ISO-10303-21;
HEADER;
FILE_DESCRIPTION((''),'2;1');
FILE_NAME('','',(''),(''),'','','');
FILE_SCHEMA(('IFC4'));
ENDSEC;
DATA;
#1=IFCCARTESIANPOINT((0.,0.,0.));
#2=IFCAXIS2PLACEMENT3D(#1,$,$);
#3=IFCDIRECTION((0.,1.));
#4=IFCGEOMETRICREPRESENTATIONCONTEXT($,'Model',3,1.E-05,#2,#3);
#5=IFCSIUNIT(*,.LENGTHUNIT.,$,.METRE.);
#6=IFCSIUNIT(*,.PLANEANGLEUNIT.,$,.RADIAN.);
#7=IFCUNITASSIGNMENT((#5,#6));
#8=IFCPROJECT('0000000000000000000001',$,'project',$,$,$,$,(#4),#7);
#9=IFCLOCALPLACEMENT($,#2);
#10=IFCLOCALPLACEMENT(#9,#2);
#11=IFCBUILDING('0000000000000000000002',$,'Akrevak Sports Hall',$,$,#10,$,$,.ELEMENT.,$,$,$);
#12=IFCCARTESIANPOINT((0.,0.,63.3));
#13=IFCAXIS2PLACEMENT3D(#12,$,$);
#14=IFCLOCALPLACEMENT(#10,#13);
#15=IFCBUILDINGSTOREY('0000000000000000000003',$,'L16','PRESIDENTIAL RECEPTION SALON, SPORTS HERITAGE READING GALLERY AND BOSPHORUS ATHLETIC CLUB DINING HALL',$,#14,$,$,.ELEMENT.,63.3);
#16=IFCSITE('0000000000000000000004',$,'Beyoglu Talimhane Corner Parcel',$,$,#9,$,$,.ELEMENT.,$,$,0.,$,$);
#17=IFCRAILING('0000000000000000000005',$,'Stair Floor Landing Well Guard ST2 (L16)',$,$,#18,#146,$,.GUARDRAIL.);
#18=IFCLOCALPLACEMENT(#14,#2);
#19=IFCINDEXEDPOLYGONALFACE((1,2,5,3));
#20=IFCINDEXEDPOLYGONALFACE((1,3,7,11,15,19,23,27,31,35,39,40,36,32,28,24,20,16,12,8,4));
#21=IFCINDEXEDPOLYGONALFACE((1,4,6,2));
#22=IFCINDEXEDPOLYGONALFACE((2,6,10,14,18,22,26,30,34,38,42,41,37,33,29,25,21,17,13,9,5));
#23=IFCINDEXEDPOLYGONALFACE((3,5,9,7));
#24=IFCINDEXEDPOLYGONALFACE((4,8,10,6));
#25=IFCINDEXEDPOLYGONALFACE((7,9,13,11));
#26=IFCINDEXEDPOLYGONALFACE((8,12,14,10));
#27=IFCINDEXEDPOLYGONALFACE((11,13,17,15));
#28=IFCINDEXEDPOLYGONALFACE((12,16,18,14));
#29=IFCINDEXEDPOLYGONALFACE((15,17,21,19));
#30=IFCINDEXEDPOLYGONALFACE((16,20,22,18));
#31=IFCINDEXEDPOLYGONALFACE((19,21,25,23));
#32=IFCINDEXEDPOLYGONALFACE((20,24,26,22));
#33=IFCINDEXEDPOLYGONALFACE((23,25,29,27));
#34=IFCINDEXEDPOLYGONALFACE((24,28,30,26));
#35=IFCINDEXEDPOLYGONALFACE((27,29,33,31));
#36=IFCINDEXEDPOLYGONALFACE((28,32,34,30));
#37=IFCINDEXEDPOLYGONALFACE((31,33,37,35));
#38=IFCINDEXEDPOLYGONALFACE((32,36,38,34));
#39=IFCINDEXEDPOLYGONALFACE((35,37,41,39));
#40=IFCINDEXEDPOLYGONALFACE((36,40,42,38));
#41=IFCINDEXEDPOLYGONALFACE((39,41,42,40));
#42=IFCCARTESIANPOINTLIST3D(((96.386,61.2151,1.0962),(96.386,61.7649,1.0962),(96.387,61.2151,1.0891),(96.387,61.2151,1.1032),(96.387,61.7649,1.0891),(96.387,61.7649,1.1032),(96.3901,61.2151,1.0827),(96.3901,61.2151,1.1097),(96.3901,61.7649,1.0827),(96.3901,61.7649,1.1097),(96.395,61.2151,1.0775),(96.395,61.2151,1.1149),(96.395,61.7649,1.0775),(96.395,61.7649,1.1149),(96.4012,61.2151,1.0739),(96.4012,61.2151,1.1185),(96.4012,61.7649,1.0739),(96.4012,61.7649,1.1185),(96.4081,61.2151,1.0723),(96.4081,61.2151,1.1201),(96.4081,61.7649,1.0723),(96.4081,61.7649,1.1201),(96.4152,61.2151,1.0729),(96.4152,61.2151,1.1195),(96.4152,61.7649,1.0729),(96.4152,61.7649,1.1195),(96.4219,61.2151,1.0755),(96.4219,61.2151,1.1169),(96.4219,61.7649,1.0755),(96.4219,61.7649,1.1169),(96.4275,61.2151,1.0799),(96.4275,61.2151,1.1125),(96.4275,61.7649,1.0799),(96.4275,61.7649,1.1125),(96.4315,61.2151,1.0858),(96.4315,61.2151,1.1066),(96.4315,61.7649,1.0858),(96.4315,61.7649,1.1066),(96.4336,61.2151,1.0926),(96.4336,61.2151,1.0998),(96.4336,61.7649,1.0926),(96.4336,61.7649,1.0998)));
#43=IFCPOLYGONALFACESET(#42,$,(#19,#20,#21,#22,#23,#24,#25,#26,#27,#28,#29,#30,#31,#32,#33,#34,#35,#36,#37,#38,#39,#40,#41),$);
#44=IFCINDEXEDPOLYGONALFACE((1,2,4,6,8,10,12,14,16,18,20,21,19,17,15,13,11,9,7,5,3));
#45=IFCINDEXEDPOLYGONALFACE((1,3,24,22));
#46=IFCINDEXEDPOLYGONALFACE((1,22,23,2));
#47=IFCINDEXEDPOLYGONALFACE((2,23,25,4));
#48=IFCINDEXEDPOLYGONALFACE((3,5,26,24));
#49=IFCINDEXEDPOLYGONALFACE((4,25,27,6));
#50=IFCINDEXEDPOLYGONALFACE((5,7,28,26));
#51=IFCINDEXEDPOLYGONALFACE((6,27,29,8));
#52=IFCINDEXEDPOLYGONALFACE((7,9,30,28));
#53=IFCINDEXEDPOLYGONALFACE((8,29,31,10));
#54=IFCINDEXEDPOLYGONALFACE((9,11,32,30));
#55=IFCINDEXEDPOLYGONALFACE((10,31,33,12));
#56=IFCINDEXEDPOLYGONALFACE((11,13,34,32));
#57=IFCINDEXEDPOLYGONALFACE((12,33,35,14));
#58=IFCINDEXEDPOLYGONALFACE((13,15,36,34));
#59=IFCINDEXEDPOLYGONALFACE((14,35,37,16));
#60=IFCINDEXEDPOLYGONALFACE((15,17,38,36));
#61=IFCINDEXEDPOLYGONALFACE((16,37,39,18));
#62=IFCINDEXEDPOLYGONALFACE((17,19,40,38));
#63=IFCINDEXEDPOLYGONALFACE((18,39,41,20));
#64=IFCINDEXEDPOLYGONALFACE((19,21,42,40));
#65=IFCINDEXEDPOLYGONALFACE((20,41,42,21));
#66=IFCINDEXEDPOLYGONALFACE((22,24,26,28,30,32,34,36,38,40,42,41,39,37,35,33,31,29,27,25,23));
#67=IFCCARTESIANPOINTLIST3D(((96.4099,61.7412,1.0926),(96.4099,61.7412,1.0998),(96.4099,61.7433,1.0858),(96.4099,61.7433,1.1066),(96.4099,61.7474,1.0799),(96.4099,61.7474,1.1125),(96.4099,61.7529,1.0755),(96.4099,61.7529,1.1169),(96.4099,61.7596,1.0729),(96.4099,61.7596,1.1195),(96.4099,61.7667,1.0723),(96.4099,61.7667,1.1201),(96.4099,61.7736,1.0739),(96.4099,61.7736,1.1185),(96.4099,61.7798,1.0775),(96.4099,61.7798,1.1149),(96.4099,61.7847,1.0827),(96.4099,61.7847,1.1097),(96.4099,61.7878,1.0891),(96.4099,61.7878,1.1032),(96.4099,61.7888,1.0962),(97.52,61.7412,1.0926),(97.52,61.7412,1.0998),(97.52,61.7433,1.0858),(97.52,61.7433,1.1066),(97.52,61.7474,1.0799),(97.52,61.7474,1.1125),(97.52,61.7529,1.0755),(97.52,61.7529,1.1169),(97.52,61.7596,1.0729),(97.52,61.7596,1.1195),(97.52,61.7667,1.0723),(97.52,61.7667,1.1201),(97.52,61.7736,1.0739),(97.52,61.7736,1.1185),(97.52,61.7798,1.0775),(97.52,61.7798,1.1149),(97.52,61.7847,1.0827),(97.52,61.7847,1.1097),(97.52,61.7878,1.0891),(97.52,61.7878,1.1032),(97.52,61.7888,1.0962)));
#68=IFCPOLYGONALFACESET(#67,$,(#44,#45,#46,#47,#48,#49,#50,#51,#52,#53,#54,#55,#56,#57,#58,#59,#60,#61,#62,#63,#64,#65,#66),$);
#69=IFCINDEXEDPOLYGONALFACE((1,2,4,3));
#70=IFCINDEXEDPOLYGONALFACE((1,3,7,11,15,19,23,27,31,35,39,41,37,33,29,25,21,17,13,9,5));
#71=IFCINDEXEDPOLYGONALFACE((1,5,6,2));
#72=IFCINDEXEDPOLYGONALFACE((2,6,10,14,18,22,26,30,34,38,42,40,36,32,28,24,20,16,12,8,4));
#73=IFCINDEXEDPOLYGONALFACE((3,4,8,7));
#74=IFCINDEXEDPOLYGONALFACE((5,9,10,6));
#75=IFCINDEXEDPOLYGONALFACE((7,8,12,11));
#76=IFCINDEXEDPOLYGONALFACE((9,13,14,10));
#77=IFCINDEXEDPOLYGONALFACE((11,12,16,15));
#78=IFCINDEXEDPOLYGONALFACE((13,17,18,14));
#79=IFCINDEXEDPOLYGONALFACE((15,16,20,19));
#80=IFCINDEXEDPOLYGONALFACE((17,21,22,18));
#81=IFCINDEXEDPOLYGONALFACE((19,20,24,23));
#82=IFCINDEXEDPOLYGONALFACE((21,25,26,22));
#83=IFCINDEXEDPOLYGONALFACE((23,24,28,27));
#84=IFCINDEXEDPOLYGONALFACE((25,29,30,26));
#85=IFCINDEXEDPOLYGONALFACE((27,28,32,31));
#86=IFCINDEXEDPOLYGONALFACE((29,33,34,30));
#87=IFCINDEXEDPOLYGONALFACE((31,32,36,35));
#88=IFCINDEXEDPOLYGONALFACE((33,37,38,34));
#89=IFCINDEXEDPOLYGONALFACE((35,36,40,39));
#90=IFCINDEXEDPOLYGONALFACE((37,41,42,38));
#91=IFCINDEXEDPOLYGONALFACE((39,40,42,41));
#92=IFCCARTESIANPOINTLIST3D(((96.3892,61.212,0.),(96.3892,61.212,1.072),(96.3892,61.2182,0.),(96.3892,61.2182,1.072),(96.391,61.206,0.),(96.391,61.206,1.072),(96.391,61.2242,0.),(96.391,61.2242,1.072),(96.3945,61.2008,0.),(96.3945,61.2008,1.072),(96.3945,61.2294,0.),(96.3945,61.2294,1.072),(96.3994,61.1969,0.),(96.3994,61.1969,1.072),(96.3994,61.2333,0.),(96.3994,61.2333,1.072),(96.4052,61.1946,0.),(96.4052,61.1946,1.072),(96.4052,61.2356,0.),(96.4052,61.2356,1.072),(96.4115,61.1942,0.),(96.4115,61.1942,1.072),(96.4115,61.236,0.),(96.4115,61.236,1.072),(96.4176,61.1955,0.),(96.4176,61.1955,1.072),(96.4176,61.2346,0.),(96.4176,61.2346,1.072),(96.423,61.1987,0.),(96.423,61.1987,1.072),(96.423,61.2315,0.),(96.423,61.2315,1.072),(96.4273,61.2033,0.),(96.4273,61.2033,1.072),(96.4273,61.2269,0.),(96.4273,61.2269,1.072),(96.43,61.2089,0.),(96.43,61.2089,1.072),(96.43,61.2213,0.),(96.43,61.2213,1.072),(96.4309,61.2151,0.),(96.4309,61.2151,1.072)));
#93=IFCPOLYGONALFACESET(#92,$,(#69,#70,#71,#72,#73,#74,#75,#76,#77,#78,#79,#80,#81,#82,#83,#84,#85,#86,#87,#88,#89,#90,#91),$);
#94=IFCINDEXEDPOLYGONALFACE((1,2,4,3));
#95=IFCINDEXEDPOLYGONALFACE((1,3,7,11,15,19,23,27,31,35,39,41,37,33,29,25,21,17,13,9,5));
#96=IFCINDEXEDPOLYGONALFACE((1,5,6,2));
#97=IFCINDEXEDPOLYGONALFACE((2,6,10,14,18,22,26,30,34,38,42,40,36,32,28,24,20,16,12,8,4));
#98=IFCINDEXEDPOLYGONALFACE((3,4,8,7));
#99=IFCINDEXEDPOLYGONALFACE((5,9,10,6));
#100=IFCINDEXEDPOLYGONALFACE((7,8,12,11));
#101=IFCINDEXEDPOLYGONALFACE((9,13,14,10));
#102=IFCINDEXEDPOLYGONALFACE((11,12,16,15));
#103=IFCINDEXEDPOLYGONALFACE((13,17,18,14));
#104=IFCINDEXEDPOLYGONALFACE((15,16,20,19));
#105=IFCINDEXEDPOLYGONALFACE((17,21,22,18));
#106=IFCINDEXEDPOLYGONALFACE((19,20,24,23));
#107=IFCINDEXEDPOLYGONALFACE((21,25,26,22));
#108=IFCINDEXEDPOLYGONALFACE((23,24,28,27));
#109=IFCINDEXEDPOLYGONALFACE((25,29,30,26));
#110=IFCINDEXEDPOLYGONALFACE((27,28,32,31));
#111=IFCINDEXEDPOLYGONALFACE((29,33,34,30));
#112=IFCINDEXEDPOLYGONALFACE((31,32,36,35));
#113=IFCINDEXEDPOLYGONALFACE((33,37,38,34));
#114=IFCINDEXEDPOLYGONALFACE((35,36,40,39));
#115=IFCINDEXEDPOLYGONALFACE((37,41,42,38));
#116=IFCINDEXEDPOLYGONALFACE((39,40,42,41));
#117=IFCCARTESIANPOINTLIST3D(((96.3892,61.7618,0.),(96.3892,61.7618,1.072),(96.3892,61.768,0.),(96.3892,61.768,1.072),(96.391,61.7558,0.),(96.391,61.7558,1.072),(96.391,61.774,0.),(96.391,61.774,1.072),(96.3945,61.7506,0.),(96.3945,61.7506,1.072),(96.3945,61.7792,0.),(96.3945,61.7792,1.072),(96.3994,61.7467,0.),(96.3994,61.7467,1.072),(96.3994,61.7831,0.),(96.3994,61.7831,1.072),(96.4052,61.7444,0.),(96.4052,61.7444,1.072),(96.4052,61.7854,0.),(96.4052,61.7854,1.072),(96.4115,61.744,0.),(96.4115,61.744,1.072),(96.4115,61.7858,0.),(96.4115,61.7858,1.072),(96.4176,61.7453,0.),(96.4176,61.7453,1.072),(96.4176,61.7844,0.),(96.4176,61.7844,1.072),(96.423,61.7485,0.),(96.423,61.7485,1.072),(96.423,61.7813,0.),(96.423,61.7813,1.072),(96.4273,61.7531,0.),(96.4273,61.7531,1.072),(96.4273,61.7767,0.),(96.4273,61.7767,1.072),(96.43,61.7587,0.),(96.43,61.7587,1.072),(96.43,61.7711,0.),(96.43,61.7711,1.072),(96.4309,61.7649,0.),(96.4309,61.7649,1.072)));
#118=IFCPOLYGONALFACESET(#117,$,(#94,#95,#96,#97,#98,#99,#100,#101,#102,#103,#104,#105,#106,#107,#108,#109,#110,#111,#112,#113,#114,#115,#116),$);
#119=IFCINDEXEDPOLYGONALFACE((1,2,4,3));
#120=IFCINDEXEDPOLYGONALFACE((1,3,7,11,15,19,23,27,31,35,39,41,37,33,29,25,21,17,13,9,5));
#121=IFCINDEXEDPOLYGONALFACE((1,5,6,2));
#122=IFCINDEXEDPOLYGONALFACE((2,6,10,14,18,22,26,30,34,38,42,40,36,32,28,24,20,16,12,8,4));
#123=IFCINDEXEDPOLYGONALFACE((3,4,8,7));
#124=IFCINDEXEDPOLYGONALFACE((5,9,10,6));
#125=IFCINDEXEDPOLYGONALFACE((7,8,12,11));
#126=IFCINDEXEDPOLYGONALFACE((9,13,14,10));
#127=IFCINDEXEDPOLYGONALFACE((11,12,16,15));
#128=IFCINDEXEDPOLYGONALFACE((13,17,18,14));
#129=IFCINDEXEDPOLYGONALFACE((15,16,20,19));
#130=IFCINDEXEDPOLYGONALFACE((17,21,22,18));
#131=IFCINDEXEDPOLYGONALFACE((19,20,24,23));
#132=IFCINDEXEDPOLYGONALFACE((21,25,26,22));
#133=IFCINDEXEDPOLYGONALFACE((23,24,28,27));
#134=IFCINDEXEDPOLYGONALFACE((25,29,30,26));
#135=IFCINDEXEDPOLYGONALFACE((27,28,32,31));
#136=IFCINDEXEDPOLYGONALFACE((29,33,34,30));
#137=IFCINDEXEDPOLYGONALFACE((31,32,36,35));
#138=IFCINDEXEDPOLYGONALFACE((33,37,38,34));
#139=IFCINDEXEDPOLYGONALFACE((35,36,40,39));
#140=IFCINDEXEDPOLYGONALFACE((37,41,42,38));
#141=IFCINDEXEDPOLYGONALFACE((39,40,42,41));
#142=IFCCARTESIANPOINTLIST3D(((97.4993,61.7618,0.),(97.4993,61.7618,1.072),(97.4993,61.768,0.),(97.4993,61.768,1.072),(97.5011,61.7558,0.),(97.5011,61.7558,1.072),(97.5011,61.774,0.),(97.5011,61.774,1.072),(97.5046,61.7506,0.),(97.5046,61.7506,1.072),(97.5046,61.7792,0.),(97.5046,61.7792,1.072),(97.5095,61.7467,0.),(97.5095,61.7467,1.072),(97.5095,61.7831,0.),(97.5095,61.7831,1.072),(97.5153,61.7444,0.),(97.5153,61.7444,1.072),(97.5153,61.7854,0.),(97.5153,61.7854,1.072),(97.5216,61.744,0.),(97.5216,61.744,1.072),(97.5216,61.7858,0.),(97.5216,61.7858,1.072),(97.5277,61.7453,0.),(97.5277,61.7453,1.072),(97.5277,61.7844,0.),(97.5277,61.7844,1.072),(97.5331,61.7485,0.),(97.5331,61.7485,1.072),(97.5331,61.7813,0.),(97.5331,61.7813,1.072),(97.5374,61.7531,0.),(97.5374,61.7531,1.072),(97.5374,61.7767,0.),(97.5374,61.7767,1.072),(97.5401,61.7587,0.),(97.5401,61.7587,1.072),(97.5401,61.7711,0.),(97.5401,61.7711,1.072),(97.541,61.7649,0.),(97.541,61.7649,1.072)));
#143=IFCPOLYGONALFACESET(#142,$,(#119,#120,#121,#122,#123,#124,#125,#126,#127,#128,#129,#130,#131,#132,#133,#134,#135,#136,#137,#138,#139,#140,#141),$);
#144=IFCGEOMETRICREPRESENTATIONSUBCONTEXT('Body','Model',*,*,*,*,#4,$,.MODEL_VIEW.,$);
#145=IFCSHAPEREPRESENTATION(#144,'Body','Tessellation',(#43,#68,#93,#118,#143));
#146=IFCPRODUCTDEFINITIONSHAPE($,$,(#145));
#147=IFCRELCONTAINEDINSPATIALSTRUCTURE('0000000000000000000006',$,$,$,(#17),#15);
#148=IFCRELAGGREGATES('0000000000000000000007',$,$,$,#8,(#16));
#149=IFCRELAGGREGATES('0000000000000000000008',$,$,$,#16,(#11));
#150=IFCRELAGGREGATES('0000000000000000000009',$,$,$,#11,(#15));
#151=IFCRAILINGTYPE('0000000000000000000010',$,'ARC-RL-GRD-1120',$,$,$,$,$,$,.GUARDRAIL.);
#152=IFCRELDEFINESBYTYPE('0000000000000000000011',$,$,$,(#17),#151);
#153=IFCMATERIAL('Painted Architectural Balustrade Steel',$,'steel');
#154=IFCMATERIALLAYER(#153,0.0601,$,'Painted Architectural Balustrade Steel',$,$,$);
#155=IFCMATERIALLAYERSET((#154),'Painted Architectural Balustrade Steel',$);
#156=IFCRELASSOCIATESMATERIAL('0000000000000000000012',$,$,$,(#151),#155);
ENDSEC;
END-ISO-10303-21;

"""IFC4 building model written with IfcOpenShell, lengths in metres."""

from ifc_helpers import new_model, si_unit, direction, frame, origin, origin_2d, place, context, subcontext, project, spatial, circle, extrude, material, layer, layer_set, type_object, element, save


model = new_model("IFC4")

# Units and contexts
model_context = context("Model", 3, precision=1e-05, world=origin(), true_north=direction((0.0, 1.0)))
body_context = subcontext(model_context, "Body", "Model", "MODEL_VIEW")
ifc_project = project(units=[si_unit("LENGTHUNIT", "METRE"), si_unit("PLANEANGLEUNIT", "RADIAN")], contexts=[model_context])

# Site, building, storey
site_placement = place(None, origin())
site = spatial("IfcSite", under=ifc_project, at=site_placement, Name="Beyoglu Talimhane Corner Parcel", CompositionType="ELEMENT", RefElevation=0.0)
building_placement = place(site_placement, origin())
building = spatial("IfcBuilding", under=site, at=building_placement, Name="Akrevak Sports Hall", CompositionType="ELEMENT")
storey_placement = place(building_placement, frame((0.0, 0.0, 63.3)))
storey = spatial("IfcBuildingStorey", under=building, at=storey_placement, Name="L16", Description="PRESIDENTIAL RECEPTION SALON, SPORTS HERITAGE READING GALLERY AND BOSPHORUS ATHLETIC CLUB DINING HALL", CompositionType="ELEMENT", Elevation=63.3)

# Railing
ifc_material_1 = material(Name="Painted Architectural Balustrade Steel", Category="steel")
ifc_layer_1 = layer(ifc_material_1, 0.0601, Name="Painted Architectural Balustrade Steel")
ifc_layer_set_1 = layer_set([ifc_layer_1], Name="Painted Architectural Balustrade Steel")
railing_type_1 = type_object("IfcRailingType", Name="ARC-RL-GRD-1120", PredefinedType="GUARDRAIL", material=ifc_layer_set_1)
railing_1_placement = place(storey_placement, frame((96.4099, 61.2151, 0.0)))
element("IfcRailing", 1, at=railing_1_placement, inside=storey, type_object=railing_type_1, Name="Stair Floor Landing Well Guard ST2 (L16)", PredefinedType="GUARDRAIL", context=body_context, shape_type="SweptSolid", body=[
    extrude(circle(Radius=0.0239, at=origin_2d()), frame((0.0, 0.0, 1.0962), z_axis=(0.0, 1.0, 0.0), x_axis=(-1.0, 0.0, 0.0)), (0.0, 0.0, 1.0), 0.5498),
    extrude(circle(Radius=0.0239, at=origin_2d()), frame((0.0, 0.5498, 1.0962), z_axis=(1.0, 0.0, 0.0), x_axis=(0.0, 1.0, 0.0)), (0.0, 0.0, 1.0), 1.1101),
    extrude(circle(Radius=0.021, at=origin_2d()), origin(), (0.0, 0.0, 1.0), 1.072),
    extrude(circle(Radius=0.021, at=origin_2d()), frame((0.0, 0.5498, 0.0)), (0.0, 0.0, 1.0), 1.072),
    extrude(circle(Radius=0.021, at=origin_2d()), frame((1.1101, 0.5498, 0.0)), (0.0, 0.0, 1.0), 1.072),
])

save(model, "model.ifc")
